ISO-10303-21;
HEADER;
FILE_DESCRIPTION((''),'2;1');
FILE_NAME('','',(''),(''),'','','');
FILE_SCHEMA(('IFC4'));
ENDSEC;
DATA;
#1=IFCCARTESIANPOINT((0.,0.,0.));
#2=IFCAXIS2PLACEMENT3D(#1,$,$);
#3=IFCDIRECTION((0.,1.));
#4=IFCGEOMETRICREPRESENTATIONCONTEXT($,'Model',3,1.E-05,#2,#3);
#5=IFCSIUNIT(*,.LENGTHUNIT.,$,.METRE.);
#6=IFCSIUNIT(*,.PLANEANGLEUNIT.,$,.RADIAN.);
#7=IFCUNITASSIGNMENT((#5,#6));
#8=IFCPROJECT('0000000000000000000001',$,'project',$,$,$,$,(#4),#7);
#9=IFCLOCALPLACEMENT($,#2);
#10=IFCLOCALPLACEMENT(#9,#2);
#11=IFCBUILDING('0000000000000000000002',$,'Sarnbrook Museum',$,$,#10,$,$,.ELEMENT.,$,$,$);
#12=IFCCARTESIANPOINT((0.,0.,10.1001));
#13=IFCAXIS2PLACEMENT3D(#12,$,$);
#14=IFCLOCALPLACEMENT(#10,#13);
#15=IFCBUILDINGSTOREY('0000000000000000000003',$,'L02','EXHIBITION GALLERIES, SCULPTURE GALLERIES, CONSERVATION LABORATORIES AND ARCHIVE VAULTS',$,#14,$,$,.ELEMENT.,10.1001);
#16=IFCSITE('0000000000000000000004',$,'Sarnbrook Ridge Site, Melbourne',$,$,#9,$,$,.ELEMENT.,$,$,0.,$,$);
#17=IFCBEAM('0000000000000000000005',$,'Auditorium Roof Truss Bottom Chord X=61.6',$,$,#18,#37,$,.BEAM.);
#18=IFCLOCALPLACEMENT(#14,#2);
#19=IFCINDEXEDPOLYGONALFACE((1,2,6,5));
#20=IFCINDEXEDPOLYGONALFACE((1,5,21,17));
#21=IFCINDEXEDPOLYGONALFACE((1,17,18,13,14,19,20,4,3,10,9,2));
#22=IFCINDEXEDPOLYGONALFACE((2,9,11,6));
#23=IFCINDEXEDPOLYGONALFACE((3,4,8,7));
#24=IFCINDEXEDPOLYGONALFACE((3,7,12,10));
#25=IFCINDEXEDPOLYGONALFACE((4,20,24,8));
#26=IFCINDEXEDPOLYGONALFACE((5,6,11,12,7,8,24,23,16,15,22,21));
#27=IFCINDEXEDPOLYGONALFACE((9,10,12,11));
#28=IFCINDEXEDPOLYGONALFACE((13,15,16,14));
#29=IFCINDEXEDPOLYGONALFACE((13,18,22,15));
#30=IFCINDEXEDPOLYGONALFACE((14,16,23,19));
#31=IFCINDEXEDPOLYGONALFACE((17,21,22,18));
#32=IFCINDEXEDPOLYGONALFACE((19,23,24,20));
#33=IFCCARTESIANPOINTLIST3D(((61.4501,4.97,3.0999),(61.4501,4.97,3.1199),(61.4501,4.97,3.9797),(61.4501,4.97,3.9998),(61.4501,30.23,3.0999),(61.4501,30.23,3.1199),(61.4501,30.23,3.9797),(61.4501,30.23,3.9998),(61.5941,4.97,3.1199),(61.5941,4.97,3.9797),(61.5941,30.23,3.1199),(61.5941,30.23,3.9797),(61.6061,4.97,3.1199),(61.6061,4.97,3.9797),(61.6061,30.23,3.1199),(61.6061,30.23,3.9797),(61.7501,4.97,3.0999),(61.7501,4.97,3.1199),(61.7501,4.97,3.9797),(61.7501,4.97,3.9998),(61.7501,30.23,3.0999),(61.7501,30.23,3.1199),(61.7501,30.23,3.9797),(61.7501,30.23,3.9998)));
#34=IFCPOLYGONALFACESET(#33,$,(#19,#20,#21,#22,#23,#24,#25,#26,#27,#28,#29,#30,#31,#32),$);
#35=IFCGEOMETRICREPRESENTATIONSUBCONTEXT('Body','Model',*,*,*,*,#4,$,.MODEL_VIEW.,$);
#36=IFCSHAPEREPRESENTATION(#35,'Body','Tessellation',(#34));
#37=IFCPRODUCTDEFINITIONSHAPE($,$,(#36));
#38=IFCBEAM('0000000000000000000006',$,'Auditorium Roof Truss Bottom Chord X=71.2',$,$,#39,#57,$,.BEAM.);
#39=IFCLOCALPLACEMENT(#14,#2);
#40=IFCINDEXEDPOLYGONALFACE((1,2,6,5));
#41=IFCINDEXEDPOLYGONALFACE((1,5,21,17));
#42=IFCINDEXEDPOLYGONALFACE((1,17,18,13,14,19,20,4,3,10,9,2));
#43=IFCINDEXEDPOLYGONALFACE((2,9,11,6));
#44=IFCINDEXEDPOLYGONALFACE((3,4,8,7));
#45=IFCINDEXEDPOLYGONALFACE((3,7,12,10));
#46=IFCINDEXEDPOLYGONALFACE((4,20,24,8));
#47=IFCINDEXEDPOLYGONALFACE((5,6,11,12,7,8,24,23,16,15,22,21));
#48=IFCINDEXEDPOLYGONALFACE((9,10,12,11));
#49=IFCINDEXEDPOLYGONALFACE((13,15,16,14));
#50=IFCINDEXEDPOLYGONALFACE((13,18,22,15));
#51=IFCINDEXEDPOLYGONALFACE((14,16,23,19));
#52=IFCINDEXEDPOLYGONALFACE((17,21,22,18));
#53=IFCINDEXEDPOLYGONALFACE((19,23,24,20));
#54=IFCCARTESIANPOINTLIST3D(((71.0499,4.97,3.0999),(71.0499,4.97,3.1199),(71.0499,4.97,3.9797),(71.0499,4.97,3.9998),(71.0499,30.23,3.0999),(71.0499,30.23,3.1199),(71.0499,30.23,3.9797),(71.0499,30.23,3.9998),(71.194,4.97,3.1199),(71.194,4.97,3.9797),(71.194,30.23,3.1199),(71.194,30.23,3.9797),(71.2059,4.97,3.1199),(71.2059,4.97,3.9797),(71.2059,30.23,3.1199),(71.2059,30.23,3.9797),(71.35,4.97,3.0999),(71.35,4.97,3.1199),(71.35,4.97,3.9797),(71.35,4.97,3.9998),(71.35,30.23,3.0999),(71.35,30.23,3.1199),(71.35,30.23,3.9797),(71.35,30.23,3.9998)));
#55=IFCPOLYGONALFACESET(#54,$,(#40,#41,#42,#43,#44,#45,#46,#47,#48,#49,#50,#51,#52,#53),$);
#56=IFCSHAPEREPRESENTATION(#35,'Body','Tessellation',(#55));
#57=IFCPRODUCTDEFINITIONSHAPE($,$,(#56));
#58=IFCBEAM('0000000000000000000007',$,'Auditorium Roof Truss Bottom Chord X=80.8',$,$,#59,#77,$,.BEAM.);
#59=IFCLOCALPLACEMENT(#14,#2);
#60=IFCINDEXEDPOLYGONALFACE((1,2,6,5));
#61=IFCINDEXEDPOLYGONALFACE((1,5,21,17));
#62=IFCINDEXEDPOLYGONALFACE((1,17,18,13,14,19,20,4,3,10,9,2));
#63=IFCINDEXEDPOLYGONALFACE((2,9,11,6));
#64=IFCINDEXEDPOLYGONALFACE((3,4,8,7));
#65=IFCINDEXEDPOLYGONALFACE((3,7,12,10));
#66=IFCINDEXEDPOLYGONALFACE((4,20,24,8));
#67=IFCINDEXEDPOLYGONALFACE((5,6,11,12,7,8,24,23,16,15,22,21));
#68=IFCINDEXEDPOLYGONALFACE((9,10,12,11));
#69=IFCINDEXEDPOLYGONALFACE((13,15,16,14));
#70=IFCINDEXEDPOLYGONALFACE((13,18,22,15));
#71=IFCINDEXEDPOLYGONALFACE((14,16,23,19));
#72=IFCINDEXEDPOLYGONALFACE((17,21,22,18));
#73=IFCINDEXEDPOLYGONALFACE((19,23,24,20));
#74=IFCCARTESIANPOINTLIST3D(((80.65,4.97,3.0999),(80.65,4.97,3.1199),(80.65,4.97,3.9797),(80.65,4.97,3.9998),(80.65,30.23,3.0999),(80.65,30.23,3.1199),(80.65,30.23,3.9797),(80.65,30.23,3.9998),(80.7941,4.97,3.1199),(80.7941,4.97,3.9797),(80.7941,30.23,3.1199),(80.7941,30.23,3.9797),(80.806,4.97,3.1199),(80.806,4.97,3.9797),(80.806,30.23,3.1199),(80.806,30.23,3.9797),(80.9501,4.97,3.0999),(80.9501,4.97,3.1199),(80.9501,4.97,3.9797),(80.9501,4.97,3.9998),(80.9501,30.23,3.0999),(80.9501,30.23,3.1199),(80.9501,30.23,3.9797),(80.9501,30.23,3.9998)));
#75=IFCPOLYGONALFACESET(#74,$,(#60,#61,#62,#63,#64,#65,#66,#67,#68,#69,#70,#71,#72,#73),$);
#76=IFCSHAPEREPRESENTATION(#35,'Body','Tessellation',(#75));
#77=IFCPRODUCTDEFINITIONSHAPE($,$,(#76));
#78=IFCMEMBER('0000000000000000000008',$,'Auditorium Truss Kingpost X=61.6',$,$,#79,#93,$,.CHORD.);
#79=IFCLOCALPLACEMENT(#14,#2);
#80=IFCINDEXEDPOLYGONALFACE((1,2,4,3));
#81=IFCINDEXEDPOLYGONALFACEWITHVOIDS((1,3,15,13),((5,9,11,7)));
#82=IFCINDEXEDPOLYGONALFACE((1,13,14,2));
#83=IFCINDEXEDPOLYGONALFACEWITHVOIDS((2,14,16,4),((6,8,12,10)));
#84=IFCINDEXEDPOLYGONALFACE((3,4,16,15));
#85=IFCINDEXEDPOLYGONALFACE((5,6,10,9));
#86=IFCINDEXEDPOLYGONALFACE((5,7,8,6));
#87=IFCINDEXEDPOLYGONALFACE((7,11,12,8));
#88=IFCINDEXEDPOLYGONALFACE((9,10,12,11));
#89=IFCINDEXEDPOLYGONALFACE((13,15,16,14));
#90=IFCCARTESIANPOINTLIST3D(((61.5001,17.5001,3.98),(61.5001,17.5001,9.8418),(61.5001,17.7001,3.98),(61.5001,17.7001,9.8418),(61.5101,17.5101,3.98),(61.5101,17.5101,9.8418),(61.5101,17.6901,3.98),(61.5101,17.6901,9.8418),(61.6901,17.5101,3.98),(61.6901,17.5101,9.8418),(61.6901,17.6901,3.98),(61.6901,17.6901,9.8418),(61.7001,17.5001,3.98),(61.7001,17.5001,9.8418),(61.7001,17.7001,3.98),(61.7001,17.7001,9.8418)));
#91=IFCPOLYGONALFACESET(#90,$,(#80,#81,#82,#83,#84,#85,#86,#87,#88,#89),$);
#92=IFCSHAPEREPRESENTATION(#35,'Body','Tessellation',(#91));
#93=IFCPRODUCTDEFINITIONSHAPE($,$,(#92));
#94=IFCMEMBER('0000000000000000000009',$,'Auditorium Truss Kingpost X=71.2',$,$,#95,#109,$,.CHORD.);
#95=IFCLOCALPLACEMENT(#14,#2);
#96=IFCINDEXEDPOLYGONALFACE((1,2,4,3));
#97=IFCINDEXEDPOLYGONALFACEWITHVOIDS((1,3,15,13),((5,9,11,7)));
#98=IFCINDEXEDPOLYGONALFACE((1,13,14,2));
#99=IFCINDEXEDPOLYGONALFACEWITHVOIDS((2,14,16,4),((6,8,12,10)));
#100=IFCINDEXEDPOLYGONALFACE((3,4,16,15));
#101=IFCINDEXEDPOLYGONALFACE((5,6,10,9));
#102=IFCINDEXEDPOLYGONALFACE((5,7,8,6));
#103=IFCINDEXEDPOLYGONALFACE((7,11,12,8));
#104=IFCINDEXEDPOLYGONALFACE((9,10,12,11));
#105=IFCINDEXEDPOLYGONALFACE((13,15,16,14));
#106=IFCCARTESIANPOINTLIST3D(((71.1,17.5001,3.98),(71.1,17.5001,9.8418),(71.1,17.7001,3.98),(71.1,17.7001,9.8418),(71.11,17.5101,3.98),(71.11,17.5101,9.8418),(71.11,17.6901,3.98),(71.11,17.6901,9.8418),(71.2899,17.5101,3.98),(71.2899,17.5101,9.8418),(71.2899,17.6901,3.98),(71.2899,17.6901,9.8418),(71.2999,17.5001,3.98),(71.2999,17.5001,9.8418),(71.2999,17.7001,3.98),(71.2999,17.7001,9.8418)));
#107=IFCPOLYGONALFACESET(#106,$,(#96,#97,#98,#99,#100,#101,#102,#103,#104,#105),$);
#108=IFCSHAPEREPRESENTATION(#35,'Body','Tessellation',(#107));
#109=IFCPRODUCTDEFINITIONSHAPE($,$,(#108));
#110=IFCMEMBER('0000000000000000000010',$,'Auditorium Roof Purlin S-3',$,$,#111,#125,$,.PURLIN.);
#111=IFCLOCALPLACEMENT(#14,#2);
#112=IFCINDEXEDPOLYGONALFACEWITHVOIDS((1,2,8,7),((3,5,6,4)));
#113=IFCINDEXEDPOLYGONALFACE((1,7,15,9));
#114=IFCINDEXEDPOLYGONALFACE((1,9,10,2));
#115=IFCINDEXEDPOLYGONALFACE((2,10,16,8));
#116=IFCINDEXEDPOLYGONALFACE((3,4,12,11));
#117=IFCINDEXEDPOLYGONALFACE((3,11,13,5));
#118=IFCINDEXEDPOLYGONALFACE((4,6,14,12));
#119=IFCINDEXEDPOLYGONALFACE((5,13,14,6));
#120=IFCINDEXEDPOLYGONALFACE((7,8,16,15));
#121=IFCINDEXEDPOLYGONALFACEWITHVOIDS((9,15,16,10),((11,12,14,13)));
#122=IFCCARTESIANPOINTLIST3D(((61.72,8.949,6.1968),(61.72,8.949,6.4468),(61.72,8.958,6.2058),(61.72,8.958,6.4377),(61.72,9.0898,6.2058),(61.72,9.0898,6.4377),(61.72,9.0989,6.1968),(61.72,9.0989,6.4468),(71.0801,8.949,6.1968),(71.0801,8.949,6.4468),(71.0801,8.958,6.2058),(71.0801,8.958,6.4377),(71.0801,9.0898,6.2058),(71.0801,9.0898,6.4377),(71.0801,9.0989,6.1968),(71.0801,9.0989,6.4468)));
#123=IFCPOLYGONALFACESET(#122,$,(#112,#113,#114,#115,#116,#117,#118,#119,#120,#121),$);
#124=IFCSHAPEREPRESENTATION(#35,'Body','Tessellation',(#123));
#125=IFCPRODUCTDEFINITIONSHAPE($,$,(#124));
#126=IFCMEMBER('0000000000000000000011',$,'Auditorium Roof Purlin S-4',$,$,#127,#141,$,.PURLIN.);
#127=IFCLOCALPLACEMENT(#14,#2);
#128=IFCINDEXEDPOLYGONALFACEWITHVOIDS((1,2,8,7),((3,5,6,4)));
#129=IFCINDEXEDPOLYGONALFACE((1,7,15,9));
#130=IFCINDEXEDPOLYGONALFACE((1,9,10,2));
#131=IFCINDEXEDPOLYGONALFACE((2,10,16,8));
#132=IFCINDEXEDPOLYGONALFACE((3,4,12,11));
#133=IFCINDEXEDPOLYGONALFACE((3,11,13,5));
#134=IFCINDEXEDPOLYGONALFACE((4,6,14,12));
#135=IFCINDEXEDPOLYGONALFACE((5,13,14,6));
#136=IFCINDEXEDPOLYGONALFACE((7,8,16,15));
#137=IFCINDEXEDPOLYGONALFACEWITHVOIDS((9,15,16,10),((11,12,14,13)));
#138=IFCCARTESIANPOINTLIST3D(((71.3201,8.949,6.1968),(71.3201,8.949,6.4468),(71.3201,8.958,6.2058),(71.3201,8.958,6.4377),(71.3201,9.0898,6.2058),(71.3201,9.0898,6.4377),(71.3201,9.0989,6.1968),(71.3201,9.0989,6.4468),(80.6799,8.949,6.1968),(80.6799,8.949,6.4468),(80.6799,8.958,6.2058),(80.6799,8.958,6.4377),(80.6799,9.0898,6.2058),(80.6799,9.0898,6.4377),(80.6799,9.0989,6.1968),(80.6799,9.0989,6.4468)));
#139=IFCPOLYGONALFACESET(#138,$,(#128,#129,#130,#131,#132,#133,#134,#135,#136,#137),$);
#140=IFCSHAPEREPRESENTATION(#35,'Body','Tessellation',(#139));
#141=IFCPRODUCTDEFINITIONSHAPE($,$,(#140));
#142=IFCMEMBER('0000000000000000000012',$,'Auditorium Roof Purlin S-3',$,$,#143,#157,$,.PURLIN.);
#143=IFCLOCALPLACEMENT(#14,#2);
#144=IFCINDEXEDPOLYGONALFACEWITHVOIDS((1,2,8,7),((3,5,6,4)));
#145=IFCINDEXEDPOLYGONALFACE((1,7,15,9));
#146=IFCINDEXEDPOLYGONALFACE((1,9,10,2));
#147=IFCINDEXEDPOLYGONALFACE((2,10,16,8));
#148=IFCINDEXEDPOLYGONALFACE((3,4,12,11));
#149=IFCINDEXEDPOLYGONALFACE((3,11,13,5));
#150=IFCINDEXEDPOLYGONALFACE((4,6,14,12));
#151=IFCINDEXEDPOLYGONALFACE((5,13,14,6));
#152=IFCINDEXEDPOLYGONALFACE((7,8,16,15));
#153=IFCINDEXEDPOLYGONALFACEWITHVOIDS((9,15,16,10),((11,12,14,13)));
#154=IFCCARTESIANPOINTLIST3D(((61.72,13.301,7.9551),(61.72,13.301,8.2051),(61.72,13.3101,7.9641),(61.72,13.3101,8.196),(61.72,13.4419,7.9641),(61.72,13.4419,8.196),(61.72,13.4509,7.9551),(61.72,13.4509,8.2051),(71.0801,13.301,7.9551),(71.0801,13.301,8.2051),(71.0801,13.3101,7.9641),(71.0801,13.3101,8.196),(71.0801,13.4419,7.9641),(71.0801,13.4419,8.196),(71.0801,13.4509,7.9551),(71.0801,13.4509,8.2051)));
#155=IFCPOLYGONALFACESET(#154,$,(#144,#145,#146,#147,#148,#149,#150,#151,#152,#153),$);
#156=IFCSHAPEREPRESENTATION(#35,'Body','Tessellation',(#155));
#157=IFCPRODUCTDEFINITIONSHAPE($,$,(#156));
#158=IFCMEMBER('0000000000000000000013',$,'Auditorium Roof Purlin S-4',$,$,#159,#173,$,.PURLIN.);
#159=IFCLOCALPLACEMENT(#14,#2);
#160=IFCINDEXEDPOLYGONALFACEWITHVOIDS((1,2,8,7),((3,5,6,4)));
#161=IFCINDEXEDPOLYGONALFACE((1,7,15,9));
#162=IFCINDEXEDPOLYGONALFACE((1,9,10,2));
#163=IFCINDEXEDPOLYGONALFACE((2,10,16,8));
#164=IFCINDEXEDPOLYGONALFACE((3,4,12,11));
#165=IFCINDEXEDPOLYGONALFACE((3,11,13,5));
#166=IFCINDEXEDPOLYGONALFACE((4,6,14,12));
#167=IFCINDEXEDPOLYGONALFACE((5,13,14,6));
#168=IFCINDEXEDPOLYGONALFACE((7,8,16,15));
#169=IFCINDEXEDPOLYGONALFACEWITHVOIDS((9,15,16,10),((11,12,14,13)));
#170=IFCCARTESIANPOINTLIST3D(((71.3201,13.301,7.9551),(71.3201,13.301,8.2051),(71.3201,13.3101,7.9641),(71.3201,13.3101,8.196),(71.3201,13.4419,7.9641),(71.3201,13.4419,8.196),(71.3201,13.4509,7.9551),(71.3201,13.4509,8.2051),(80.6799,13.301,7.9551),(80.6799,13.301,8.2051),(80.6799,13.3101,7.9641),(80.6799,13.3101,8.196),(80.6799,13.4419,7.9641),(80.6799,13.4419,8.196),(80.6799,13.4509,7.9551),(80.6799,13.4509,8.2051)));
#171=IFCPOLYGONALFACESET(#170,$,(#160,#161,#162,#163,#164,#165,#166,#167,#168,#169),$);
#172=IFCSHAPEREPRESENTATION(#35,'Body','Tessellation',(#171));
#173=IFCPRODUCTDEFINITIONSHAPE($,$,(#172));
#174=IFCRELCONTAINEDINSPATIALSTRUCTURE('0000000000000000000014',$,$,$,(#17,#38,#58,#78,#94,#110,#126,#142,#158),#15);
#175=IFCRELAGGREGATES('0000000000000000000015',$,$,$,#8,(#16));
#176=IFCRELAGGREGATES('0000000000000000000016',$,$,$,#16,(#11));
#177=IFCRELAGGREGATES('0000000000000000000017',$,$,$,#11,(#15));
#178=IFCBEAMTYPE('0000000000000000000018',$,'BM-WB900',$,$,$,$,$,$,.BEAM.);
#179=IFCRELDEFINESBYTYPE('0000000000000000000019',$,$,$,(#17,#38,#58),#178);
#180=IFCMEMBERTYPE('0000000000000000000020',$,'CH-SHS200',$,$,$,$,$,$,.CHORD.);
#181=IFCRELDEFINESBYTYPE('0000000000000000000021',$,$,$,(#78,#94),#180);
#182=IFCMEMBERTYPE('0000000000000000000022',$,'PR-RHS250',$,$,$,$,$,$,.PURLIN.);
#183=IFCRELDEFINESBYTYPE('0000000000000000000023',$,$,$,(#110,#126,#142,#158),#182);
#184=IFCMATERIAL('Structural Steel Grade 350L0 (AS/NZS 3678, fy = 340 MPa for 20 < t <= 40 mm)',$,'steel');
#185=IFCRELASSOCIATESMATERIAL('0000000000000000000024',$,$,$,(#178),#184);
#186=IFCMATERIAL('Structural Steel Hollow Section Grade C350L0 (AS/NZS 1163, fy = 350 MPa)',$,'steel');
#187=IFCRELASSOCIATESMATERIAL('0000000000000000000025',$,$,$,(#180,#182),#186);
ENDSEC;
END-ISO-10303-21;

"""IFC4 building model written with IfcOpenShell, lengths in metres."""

from ifc_helpers import new_model, si_unit, direction, frame, origin, origin_2d, place, context, subcontext, project, spatial, hollow_rectangle, i_section, extrude, material, material_profile, profile_set, type_object, element, save


model = new_model("IFC4")

# Units and contexts
model_context = context("Model", 3, precision=1e-05, world=origin(), true_north=direction((0.0, 1.0)))
body_context = subcontext(model_context, "Body", "Model", "MODEL_VIEW")
ifc_project = project(units=[si_unit("LENGTHUNIT", "METRE"), si_unit("PLANEANGLEUNIT", "RADIAN")], contexts=[model_context])

# Site, building, storey
site_placement = place(None, origin())
site = spatial("IfcSite", under=ifc_project, at=site_placement, Name="Sarnbrook Ridge Site, Melbourne", CompositionType="ELEMENT", RefElevation=0.0)
building_placement = place(site_placement, origin())
building = spatial("IfcBuilding", under=site, at=building_placement, Name="Sarnbrook Museum", CompositionType="ELEMENT")
storey_placement = place(building_placement, frame((0.0, 0.0, 10.1001)))
storey = spatial("IfcBuildingStorey", under=building, at=storey_placement, Name="L02", Description="EXHIBITION GALLERIES, SCULPTURE GALLERIES, CONSERVATION LABORATORIES AND ARCHIVE VAULTS", CompositionType="ELEMENT", Elevation=10.1001)

# Beams
ifc_material_1 = material(Name="Structural Steel Grade 350L0 (AS/NZS 3678, fy = 340 MPa for 20 < t <= 40 mm)", Category="steel")
ifc_material_profile_1 = material_profile(ifc_material_1, i_section(OverallWidth=0.3, OverallDepth=0.8999, WebThickness=0.012, FlangeThickness=0.02, at=origin_2d()), Name="900WB175")
ifc_profile_set_1 = profile_set([ifc_material_profile_1], Name="Structural Steel Grade 350L0 (AS/NZS 3678, fy = 340 MPa for 20 < t <= 40 mm)")
beam_type_1 = type_object("IfcBeamType", Name="BM-WB900", PredefinedType="BEAM", material=ifc_profile_set_1)
for number, where, z_axis, x_axis, name in (
    (1, (61.6001, 4.97, 3.5498), (0.0, 1.0, 0.0), (-1.0, 0.0, 0.0), "Auditorium Roof Truss Bottom Chord X=61.6"),
    (2, (71.2, 4.97, 3.5498), (0.0, 1.0, 0.0), (-1.0, 0.0, 0.0), "Auditorium Roof Truss Bottom Chord X=71.2"),
    (3, (80.8, 4.97, 3.5498), (0.0, 1.0, 0.0), (-1.0, 0.0, 0.0), "Auditorium Roof Truss Bottom Chord X=80.8"),
):
    element("IfcBeam", number, at=place(storey_placement, frame(where, z_axis=z_axis, x_axis=x_axis)), inside=storey, type_object=beam_type_1, Name=name, PredefinedType="BEAM", context=body_context, shape_type="SweptSolid", body=[
        extrude(i_section(OverallWidth=0.3, OverallDepth=0.8999, WebThickness=0.012, FlangeThickness=0.02, at=origin_2d()), origin(), (0.0, 0.0, 1.0), 25.26),
    ])

# Members
ifc_material_2 = material(Name="Structural Steel Hollow Section Grade C350L0 (AS/NZS 1163, fy = 350 MPa)", Category="steel")
ifc_material_profile_2 = material_profile(ifc_material_2, hollow_rectangle(XDim=0.2, YDim=0.2, WallThickness=0.01, at=origin_2d()), Name="200x200x10.0SHS")
ifc_profile_set_2 = profile_set([ifc_material_profile_2], Name="Structural Steel Hollow Section Grade C350L0 (AS/NZS 1163, fy = 350 MPa)")
member_type_1 = type_object("IfcMemberType", Name="CH-SHS200", PredefinedType="CHORD", material=ifc_profile_set_2)
for number, where, z_axis, x_axis, name in (
    (4, (61.6001, 17.6001, 3.98), (0.0, 0.0, 1.0), (1.0, 0.0, 0.0), "Auditorium Truss Kingpost X=61.6"),
    (5, (71.2, 17.6001, 3.98), (0.0, 0.0, 1.0), (1.0, 0.0, 0.0), "Auditorium Truss Kingpost X=71.2"),
):
    element("IfcMember", number, at=place(storey_placement, frame(where, z_axis=z_axis, x_axis=x_axis)), inside=storey, type_object=member_type_1, Name=name, PredefinedType="CHORD", context=body_context, shape_type="SweptSolid", body=[
        extrude(hollow_rectangle(XDim=0.2, YDim=0.2, WallThickness=0.01, at=origin_2d()), origin(), (0.0, 0.0, 1.0), 5.8618),
    ])
ifc_material_profile_3 = material_profile(ifc_material_2, hollow_rectangle(XDim=0.1499, YDim=0.25, WallThickness=0.009, at=origin_2d()), Name="250x150x9.0RHS")
ifc_profile_set_3 = profile_set([ifc_material_profile_3], Name="Structural Steel Hollow Section Grade C350L0 (AS/NZS 1163, fy = 350 MPa)")
member_type_2 = type_object("IfcMemberType", Name="PR-RHS250", PredefinedType="PURLIN", material=ifc_profile_set_3)
member_1_placement = place(storey_placement, frame((61.72, 9.0239, 6.3218), z_axis=(1.0, 0.0, 0.0), x_axis=(0.0, 1.0, 0.0)))
element("IfcMember", 6, at=member_1_placement, inside=storey, type_object=member_type_2, Name="Auditorium Roof Purlin S-3", PredefinedType="PURLIN", context=body_context, shape_type="SweptSolid", body=[
    extrude(hollow_rectangle(XDim=0.1499, YDim=0.25, WallThickness=0.009, at=origin_2d()), origin(), (0.0, 0.0, 1.0), 9.3601),
])
member_2_placement = place(storey_placement, frame((71.3201, 9.0239, 6.3218), z_axis=(1.0, 0.0, 0.0), x_axis=(0.0, 1.0, 0.0)))
element("IfcMember", 7, at=member_2_placement, inside=storey, type_object=member_type_2, Name="Auditorium Roof Purlin S-4", PredefinedType="PURLIN", context=body_context, shape_type="SweptSolid", body=[
    extrude(hollow_rectangle(XDim=0.1499, YDim=0.25, WallThickness=0.009, at=origin_2d()), origin(), (0.0, 0.0, 1.0), 9.3599),
])
member_3_placement = place(storey_placement, frame((61.72, 13.376, 8.0801), z_axis=(1.0, 0.0, 0.0), x_axis=(0.0, 1.0, 0.0)))
element("IfcMember", 8, at=member_3_placement, inside=storey, type_object=member_type_2, Name="Auditorium Roof Purlin S-3", PredefinedType="PURLIN", context=body_context, shape_type="SweptSolid", body=[
    extrude(hollow_rectangle(XDim=0.1499, YDim=0.25, WallThickness=0.009, at=origin_2d()), origin(), (0.0, 0.0, 1.0), 9.3601),
])
member_4_placement = place(storey_placement, frame((71.3201, 13.376, 8.0801), z_axis=(1.0, 0.0, 0.0), x_axis=(0.0, 1.0, 0.0)))
element("IfcMember", 9, at=member_4_placement, inside=storey, type_object=member_type_2, Name="Auditorium Roof Purlin S-4", PredefinedType="PURLIN", context=body_context, shape_type="SweptSolid", body=[
    extrude(hollow_rectangle(XDim=0.1499, YDim=0.25, WallThickness=0.009, at=origin_2d()), origin(), (0.0, 0.0, 1.0), 9.3599),
])

save(model, "model.ifc")
